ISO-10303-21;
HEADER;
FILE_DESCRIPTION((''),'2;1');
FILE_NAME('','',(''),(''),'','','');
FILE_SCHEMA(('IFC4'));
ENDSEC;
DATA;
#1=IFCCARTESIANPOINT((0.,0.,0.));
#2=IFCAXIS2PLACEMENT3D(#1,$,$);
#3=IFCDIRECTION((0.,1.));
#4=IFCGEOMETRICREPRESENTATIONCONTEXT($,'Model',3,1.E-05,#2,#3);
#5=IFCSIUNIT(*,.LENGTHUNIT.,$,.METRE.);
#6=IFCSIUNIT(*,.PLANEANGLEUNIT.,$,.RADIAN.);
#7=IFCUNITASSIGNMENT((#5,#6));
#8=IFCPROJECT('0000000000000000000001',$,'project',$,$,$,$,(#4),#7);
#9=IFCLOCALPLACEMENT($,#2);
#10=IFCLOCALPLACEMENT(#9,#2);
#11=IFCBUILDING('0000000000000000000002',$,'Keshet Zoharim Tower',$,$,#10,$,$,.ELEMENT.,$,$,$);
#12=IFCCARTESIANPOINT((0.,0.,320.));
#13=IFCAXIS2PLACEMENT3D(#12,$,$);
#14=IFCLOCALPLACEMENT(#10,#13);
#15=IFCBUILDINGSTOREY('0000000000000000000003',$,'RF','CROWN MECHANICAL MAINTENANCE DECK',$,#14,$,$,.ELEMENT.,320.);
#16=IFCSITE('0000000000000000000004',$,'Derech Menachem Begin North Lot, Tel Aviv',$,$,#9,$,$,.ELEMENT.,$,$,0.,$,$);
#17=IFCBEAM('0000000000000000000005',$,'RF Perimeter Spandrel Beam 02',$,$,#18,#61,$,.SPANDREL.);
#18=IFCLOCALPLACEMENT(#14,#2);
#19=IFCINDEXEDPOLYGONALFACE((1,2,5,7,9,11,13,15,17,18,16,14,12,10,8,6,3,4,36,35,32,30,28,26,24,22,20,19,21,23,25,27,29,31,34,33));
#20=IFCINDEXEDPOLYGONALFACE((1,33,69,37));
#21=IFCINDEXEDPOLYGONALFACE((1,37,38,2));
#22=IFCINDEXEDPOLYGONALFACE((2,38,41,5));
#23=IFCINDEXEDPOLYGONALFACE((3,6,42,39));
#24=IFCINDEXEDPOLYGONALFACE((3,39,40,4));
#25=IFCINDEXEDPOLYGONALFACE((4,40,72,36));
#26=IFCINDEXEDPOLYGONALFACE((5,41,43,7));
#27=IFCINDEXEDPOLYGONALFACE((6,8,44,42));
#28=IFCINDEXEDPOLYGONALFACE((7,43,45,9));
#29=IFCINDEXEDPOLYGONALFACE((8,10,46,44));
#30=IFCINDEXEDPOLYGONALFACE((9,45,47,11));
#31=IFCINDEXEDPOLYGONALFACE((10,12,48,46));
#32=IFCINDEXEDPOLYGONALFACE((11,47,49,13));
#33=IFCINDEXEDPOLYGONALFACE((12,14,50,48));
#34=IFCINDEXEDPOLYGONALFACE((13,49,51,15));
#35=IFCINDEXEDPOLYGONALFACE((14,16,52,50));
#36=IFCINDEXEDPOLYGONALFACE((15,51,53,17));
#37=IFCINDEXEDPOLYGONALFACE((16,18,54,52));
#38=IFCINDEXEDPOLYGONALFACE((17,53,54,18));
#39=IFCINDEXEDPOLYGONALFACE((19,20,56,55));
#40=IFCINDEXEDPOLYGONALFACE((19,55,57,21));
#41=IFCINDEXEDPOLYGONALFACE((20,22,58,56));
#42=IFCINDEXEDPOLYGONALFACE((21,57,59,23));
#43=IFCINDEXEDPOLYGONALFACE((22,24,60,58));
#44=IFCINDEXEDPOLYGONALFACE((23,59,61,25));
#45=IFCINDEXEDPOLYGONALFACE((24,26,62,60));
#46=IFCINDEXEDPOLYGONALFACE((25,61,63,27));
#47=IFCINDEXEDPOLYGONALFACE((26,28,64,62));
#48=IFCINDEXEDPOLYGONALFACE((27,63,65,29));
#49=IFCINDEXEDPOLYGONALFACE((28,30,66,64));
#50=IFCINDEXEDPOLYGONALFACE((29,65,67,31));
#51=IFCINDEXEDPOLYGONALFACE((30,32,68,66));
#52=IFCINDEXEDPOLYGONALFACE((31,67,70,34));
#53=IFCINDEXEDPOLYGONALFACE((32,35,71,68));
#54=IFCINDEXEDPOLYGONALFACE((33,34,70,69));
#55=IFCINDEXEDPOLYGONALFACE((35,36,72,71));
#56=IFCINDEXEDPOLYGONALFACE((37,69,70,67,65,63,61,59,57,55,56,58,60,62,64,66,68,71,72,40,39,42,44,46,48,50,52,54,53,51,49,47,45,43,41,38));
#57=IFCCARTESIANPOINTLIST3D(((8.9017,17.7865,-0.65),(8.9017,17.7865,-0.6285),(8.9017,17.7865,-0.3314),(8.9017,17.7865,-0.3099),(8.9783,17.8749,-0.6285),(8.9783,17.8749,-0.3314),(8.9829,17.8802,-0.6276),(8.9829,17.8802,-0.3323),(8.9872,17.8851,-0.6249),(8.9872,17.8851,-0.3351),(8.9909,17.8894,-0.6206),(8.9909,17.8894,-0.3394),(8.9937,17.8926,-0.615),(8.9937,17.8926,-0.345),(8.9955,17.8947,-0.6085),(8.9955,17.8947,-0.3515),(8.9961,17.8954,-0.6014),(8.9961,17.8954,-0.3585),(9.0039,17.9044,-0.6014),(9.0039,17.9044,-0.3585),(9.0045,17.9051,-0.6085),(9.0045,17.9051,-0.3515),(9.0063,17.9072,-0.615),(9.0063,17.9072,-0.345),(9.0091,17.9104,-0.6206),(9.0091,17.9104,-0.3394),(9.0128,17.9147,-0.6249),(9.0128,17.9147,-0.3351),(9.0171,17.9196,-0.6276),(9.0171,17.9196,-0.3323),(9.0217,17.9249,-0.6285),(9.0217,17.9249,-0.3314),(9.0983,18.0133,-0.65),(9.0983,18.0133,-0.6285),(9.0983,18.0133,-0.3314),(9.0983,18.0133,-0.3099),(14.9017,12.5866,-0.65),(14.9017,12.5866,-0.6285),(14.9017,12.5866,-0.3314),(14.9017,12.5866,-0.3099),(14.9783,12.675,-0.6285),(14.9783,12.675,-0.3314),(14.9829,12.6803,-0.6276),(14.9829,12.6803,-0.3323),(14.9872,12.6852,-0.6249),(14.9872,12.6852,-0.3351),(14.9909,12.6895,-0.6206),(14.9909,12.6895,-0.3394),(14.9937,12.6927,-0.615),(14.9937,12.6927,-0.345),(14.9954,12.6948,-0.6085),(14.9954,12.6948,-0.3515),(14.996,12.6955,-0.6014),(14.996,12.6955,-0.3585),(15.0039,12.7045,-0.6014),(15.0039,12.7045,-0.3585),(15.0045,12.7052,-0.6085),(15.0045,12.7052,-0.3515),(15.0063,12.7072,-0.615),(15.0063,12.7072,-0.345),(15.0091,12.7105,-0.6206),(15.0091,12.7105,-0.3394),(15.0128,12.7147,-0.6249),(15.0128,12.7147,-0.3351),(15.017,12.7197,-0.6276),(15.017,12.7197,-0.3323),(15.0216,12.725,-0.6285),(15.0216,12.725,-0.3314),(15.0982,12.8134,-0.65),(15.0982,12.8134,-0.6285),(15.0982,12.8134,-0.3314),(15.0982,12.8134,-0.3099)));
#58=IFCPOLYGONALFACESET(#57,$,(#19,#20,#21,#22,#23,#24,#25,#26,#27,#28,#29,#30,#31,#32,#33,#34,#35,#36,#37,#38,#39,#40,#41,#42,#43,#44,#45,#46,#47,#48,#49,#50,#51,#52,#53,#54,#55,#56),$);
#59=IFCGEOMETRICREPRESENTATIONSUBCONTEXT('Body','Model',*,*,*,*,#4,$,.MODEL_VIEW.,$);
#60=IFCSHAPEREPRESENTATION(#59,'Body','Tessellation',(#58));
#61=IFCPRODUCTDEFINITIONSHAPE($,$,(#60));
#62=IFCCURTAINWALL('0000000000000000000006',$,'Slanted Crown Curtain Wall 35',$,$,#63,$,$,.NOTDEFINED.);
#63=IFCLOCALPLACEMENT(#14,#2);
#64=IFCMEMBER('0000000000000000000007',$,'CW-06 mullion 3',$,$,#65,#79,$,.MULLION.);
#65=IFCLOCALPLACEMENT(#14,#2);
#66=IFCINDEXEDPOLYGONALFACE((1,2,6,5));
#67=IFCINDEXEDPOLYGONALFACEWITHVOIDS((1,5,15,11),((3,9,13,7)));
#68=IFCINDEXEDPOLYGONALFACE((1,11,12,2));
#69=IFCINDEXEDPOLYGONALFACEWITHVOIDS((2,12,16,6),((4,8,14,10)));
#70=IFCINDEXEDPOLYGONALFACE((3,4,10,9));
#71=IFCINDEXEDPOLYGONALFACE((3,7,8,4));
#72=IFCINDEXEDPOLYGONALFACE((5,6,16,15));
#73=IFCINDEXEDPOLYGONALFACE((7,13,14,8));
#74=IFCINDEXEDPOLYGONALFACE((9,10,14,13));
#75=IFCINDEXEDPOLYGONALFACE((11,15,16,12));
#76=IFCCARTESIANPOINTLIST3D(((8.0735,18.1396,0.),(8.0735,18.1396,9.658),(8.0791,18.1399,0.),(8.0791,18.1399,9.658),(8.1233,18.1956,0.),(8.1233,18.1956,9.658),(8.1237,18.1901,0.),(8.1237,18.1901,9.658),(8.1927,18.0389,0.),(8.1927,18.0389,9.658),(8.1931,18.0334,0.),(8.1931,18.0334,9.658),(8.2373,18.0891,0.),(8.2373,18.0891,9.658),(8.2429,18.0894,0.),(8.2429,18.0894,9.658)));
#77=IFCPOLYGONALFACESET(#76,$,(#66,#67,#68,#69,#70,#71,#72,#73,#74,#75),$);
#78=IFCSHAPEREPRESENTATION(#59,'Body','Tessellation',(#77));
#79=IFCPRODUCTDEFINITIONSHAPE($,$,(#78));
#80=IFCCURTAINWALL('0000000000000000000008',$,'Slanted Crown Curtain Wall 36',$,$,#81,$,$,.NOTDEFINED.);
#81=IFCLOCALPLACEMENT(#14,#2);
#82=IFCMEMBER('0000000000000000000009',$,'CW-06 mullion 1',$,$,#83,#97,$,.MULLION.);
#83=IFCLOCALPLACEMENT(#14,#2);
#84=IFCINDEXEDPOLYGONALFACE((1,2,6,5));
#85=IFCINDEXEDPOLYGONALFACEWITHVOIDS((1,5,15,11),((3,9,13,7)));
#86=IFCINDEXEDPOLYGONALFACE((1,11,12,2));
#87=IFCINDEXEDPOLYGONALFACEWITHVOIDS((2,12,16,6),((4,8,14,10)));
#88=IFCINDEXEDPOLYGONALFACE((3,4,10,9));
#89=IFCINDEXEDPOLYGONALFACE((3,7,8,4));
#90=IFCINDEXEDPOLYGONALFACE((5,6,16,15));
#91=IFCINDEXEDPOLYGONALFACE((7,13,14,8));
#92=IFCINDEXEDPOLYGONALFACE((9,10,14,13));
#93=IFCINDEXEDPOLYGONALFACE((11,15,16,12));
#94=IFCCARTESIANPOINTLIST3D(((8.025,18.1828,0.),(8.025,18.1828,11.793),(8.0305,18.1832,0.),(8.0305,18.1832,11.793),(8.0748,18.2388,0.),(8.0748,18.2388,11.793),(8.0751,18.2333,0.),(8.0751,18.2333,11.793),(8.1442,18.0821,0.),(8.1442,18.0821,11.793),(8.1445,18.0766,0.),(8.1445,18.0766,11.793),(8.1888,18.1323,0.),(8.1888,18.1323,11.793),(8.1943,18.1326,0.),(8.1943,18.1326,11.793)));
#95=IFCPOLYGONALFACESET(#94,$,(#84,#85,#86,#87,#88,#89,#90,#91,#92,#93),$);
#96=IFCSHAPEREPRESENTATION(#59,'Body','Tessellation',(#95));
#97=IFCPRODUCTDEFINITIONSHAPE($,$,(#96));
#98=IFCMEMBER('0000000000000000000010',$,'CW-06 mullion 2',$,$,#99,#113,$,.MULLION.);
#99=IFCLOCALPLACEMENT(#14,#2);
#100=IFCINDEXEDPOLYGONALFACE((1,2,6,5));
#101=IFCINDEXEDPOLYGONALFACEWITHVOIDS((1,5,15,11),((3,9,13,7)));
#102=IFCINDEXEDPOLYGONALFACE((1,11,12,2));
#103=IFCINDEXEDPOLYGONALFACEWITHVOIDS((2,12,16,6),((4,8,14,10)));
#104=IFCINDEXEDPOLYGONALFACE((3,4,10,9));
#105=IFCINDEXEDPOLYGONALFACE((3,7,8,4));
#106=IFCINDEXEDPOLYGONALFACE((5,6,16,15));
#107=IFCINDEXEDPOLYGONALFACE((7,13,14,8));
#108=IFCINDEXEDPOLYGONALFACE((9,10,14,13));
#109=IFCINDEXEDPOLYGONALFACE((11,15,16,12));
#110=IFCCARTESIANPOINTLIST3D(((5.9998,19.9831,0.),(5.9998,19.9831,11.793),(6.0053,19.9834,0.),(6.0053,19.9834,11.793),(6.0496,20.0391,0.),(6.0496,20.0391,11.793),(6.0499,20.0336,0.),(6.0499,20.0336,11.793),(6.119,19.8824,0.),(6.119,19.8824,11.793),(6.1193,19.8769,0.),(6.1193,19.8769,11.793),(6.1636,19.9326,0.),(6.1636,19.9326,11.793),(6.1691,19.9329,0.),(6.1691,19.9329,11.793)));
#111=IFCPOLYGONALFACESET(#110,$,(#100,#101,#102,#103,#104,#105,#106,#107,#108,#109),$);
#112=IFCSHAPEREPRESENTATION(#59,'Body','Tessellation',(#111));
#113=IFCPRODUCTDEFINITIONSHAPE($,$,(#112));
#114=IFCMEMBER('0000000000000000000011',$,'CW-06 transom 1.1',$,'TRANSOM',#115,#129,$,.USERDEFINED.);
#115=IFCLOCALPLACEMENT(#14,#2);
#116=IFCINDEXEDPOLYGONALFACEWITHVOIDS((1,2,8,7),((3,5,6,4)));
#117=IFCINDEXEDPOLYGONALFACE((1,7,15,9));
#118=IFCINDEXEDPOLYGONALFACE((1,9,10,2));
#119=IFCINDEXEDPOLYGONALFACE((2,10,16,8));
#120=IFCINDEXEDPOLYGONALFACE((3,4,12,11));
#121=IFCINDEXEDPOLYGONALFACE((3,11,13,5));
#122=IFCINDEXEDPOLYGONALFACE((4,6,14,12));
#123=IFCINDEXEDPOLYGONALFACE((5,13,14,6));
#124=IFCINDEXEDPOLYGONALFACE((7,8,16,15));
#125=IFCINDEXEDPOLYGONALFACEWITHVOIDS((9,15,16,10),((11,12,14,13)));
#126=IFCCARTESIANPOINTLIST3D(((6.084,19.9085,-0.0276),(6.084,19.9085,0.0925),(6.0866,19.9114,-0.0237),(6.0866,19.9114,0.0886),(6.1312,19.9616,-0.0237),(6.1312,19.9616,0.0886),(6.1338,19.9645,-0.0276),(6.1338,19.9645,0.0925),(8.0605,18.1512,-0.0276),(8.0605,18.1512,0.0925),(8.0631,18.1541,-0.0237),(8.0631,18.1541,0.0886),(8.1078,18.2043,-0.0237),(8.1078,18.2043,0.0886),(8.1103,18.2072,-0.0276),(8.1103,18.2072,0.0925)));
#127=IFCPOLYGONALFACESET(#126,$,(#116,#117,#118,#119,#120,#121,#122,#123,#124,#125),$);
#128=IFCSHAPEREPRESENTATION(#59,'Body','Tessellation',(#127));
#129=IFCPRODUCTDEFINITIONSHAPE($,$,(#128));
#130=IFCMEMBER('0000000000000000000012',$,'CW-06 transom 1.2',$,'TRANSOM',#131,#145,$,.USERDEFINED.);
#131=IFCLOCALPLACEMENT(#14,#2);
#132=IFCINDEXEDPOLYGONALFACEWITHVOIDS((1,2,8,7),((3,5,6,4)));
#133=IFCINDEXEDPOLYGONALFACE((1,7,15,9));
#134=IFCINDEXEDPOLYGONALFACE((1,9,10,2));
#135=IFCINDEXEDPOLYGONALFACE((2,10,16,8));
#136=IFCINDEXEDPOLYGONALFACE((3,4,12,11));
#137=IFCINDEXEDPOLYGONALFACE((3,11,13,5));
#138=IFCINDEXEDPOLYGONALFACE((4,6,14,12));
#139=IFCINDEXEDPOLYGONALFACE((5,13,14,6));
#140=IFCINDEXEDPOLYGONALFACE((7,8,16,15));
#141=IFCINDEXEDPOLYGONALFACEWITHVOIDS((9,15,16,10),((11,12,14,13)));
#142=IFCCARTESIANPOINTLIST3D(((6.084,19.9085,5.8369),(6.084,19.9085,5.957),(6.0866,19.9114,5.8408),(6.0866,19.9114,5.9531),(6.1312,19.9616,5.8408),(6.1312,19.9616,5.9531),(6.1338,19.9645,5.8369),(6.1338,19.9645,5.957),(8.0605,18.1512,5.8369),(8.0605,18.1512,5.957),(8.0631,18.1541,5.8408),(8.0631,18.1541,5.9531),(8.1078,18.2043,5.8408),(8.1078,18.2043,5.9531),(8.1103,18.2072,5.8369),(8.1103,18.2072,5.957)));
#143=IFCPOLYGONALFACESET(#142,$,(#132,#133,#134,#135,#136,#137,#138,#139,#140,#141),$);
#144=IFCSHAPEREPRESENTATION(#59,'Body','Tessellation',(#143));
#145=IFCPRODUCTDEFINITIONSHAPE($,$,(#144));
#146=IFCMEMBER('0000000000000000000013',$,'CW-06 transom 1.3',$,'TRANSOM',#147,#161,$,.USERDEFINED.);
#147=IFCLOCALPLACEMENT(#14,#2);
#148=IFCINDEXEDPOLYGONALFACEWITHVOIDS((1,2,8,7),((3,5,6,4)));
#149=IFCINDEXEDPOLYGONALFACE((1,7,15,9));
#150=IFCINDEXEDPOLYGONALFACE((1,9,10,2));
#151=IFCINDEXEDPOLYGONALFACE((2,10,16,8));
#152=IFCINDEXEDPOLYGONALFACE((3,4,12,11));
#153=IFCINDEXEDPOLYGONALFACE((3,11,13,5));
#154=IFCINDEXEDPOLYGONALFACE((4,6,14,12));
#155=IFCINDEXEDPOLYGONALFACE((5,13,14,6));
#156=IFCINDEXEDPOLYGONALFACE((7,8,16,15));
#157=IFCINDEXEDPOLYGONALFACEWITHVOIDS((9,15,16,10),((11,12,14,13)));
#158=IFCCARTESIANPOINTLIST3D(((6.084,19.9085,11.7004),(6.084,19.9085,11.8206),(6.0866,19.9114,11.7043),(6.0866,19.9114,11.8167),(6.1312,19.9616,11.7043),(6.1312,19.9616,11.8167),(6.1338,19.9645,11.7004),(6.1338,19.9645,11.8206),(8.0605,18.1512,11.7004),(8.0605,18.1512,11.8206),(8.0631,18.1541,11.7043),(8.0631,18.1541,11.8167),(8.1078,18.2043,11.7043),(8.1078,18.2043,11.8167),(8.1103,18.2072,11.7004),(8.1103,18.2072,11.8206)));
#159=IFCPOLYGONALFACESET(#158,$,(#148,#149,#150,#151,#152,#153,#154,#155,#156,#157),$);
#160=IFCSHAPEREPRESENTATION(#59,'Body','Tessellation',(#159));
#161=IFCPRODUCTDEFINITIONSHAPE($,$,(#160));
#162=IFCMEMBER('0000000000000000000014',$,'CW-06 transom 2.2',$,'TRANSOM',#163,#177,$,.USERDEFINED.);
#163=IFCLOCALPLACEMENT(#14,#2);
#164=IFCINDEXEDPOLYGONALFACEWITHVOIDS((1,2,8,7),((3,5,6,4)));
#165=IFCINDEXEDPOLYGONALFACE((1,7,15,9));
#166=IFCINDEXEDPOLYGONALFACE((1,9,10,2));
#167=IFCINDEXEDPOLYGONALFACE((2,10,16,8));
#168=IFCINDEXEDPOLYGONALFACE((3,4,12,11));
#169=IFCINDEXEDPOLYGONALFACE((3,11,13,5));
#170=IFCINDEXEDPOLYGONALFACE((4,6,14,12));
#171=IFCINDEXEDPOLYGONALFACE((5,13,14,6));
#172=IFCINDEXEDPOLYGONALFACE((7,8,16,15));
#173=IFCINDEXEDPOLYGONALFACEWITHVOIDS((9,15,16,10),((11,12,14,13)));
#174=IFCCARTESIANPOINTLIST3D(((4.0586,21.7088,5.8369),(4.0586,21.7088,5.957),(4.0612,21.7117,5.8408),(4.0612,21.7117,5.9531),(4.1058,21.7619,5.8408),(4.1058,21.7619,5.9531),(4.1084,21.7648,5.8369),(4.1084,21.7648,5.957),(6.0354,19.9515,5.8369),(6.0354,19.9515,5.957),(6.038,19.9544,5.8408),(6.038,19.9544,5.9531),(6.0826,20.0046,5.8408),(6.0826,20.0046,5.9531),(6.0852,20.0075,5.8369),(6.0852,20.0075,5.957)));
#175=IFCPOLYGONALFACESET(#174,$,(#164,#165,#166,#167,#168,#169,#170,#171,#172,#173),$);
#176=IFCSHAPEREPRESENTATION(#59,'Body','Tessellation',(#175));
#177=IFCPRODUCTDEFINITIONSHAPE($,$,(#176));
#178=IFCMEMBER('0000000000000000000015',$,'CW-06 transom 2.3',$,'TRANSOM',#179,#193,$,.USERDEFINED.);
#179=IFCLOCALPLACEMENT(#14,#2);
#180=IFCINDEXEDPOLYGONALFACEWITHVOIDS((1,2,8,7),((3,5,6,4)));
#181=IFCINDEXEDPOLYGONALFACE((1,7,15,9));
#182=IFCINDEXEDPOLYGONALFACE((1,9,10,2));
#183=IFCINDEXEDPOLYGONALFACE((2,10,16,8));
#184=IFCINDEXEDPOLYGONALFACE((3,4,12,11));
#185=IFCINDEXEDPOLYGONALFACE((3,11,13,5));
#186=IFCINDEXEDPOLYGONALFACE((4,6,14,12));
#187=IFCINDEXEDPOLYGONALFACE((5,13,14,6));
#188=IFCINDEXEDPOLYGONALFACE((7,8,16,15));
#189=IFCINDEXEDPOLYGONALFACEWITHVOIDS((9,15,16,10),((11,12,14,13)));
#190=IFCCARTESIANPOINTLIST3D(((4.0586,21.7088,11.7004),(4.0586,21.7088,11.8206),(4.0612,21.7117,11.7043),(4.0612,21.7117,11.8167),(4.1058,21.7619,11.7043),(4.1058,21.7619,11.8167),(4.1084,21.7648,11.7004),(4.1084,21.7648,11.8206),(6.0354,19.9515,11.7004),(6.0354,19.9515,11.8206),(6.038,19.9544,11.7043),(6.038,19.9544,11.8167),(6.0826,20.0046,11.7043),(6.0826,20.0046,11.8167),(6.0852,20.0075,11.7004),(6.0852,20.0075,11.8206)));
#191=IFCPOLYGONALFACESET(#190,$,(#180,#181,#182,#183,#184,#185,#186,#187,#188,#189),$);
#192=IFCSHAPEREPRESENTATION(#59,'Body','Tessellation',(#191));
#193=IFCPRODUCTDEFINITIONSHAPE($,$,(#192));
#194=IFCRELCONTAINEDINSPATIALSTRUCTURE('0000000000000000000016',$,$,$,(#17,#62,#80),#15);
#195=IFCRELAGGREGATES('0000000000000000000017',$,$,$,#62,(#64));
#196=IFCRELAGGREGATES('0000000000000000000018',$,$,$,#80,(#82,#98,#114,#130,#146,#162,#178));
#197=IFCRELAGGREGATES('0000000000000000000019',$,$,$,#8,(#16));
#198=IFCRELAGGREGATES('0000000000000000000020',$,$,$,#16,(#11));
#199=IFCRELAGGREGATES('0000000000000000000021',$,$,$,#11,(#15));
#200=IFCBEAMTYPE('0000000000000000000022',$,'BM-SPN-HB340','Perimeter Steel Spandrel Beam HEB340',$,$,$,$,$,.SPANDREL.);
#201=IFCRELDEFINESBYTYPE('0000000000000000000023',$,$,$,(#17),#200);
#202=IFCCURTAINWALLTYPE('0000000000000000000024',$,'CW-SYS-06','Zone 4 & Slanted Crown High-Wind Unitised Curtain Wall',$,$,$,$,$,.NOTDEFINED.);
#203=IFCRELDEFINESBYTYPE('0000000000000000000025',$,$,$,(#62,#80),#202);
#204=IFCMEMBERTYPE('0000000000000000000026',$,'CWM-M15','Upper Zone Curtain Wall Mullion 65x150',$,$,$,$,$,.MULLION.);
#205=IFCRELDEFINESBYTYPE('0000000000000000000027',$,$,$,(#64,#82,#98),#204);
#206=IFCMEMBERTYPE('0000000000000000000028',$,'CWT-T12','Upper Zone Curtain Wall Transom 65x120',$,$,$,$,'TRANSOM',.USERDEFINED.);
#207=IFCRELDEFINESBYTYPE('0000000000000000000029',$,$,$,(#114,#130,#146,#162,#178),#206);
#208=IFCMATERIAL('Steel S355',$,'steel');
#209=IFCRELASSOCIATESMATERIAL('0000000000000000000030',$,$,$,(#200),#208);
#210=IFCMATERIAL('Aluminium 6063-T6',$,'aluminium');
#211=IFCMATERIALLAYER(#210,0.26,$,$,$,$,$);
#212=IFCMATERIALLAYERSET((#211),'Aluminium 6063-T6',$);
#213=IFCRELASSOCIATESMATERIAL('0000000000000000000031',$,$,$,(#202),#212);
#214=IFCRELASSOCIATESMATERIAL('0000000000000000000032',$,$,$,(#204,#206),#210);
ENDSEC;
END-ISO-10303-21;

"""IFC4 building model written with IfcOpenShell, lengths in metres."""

from ifc_helpers import new_model, si_unit, direction, frame, origin, origin_2d, place, context, subcontext, project, spatial, hollow_rectangle, i_section, extrude, material, layer, layer_set, material_profile, profile_set, type_object, element, aggregate, save


model = new_model("IFC4")

# Units and contexts
model_context = context("Model", 3, precision=1e-05, world=origin(), true_north=direction((0.0, 1.0)))
body_context = subcontext(model_context, "Body", "Model", "MODEL_VIEW")
ifc_project = project(units=[si_unit("LENGTHUNIT", "METRE"), si_unit("PLANEANGLEUNIT", "RADIAN")], contexts=[model_context])

# Site, building, storey
site_placement = place(None, origin())
site = spatial("IfcSite", under=ifc_project, at=site_placement, Name="Derech Menachem Begin North Lot, Tel Aviv", CompositionType="ELEMENT", RefElevation=0.0)
building_placement = place(site_placement, origin())
building = spatial("IfcBuilding", under=site, at=building_placement, Name="Keshet Zoharim Tower", CompositionType="ELEMENT")
storey_placement = place(building_placement, frame((0.0, 0.0, 320.0)))
storey = spatial("IfcBuildingStorey", under=building, at=storey_placement, Name="RF", Description="CROWN MECHANICAL MAINTENANCE DECK", CompositionType="ELEMENT", Elevation=320.0)

# Shared definitions
ifc_material_1 = material(Name="Steel S355", Category="steel")

# Beam
ifc_material_profile_1 = material_profile(ifc_material_1, i_section(OverallWidth=0.3, OverallDepth=0.3401, WebThickness=0.012, FlangeThickness=0.0215, FilletRadius=0.0271, at=origin_2d()), Name="HEB340")
ifc_profile_set_1 = profile_set([ifc_material_profile_1], Name="Steel S355")
beam_type_1 = type_object("IfcBeamType", Name="BM-SPN-HB340", Description="Perimeter Steel Spandrel Beam HEB340", PredefinedType="SPANDREL", material=ifc_profile_set_1)
beam_1_placement = place(storey_placement, frame((9.0, 17.8999, -0.48), z_axis=(0.755692, -0.654927, 0.0), x_axis=(0.654927, 0.755692, 0.0)))
element("IfcBeam", 1, at=beam_1_placement, inside=storey, type_object=beam_type_1, Name="RF Perimeter Spandrel Beam 02", PredefinedType="SPANDREL", context=body_context, shape_type="SweptSolid", body=[
    extrude(i_section(OverallWidth=0.3, OverallDepth=0.3401, WebThickness=0.012, FlangeThickness=0.0215, FilletRadius=0.0271, at=origin_2d()), origin(), (0.0, 0.0, 1.0), 7.9397),
])

# Curtain wall, member
ifc_material_2 = material(Name="Aluminium 6063-T6", Category="aluminium")
ifc_layer_1 = layer(ifc_material_2, 0.26)
ifc_layer_set_1 = layer_set([ifc_layer_1], Name="Aluminium 6063-T6")
curtain_wall_type = type_object("IfcCurtainWallType", Name="CW-SYS-06", Description="Zone 4 & Slanted Crown High-Wind Unitised Curtain Wall", PredefinedType="NOTDEFINED", material=ifc_layer_set_1)
curtain_wall_1_placement = place(storey_placement, origin())
curtain_wall_1 = element("IfcCurtainWall", 2, at=curtain_wall_1_placement, inside=storey, type_object=curtain_wall_type, Name="Slanted Crown Curtain Wall 35", PredefinedType="NOTDEFINED")
ifc_material_profile_2 = material_profile(ifc_material_2, hollow_rectangle(XDim=0.075, YDim=0.1599, WallThickness=0.0039, at=origin_2d()), Name="MUL-75x160")
ifc_profile_set_2 = profile_set([ifc_material_profile_2], Name="Aluminium 6063-T6")
member_type_1 = type_object("IfcMemberType", Name="CWM-M15", Description="Upper Zone Curtain Wall Mullion 65x150", PredefinedType="MULLION", material=ifc_profile_set_2)
member_1_placement = place(storey_placement, frame((8.1582, 18.1145, 0.0), z_axis=(0.0, 0.0, 1.0), x_axis=(-0.664409, -0.747369, 0.0)))
member_1 = element("IfcMember", 3, at=member_1_placement, type_object=member_type_1, Name="CW-06 mullion 3", PredefinedType="MULLION", context=body_context, shape_type="SweptSolid", body=[
    extrude(hollow_rectangle(XDim=0.075, YDim=0.1599, WallThickness=0.0039, at=origin_2d()), origin(), (0.0, 0.0, 1.0), 9.658),
])
aggregate(curtain_wall_1, [member_1])

# Curtain wall, members
curtain_wall_2_placement = place(storey_placement, origin())
curtain_wall_2 = element("IfcCurtainWall", 4, at=curtain_wall_2_placement, inside=storey, type_object=curtain_wall_type, Name="Slanted Crown Curtain Wall 36", PredefinedType="NOTDEFINED")
member_2_placement = place(storey_placement, frame((8.1096, 18.1577, 0.0), z_axis=(0.0, 0.0, 1.0), x_axis=(-0.664409, -0.747369, 0.0)))
member_2 = element("IfcMember", 5, at=member_2_placement, type_object=member_type_1, Name="CW-06 mullion 1", PredefinedType="MULLION", context=body_context, shape_type="SweptSolid", body=[
    extrude(hollow_rectangle(XDim=0.075, YDim=0.1599, WallThickness=0.0039, at=origin_2d()), origin(), (0.0, 0.0, 1.0), 11.793),
])
member_3_placement = place(storey_placement, frame((6.0845, 19.958, 0.0), z_axis=(0.0, 0.0, 1.0), x_axis=(-0.664409, -0.747369, 0.0)))
member_3 = element("IfcMember", 6, at=member_3_placement, type_object=member_type_1, Name="CW-06 mullion 2", PredefinedType="MULLION", context=body_context, shape_type="SweptSolid", body=[
    extrude(hollow_rectangle(XDim=0.075, YDim=0.1599, WallThickness=0.0039, at=origin_2d()), origin(), (0.0, 0.0, 1.0), 11.793),
])
ifc_material_profile_3 = material_profile(ifc_material_2, hollow_rectangle(XDim=0.075, YDim=0.1201, WallThickness=0.0039, at=origin_2d()), Name="TRN-75x120")
ifc_profile_set_3 = profile_set([ifc_material_profile_3], Name="Aluminium 6063-T6")
member_type_2 = type_object("IfcMemberType", Name="CWT-T12", Description="Upper Zone Curtain Wall Transom 65x120", ElementType="TRANSOM", PredefinedType="USERDEFINED", material=ifc_profile_set_3)
member_4_placement = place(storey_placement, frame((8.0854, 18.1792, 0.0325), z_axis=(-0.747338, 0.664444, 0.0), x_axis=(-0.664444, -0.747338, 0.0)))
member_4 = element("IfcMember", 7, at=member_4_placement, type_object=member_type_2, Name="CW-06 transom 1.1", ObjectType="TRANSOM", PredefinedType="USERDEFINED", context=body_context, shape_type="SweptSolid", body=[
    extrude(hollow_rectangle(XDim=0.075, YDim=0.1201, WallThickness=0.0039, at=origin_2d()), origin(), (0.0, 0.0, 1.0), 2.6448),
])
member_5_placement = place(storey_placement, frame((8.0854, 18.1792, 5.897), z_axis=(-0.747338, 0.664444, 0.0), x_axis=(-0.664444, -0.747338, 0.0)))
member_5 = element("IfcMember", 8, at=member_5_placement, type_object=member_type_2, Name="CW-06 transom 1.2", ObjectType="TRANSOM", PredefinedType="USERDEFINED", context=body_context, shape_type="SweptSolid", body=[
    extrude(hollow_rectangle(XDim=0.075, YDim=0.1201, WallThickness=0.0039, at=origin_2d()), origin(), (0.0, 0.0, 1.0), 2.6448),
])
member_6_placement = place(storey_placement, frame((8.0854, 18.1792, 11.7605), z_axis=(-0.747338, 0.664444, 0.0), x_axis=(-0.664444, -0.747338, 0.0)))
member_6 = element("IfcMember", 9, at=member_6_placement, type_object=member_type_2, Name="CW-06 transom 1.3", ObjectType="TRANSOM", PredefinedType="USERDEFINED", context=body_context, shape_type="SweptSolid", body=[
    extrude(hollow_rectangle(XDim=0.075, YDim=0.1201, WallThickness=0.0039, at=origin_2d()), origin(), (0.0, 0.0, 1.0), 2.6448),
])
member_7_placement = place(storey_placement, frame((6.0603, 19.9795, 5.897), z_axis=(-0.747379, 0.664398, 0.0), x_axis=(-0.664398, -0.747379, 0.0)))
member_7 = element("IfcMember", 10, at=member_7_placement, type_object=member_type_2, Name="CW-06 transom 2.2", ObjectType="TRANSOM", PredefinedType="USERDEFINED", context=body_context, shape_type="SweptSolid", body=[
    extrude(hollow_rectangle(XDim=0.075, YDim=0.1201, WallThickness=0.0039, at=origin_2d()), origin(), (0.0, 0.0, 1.0), 2.645),
])
member_8_placement = place(storey_placement, frame((6.0603, 19.9795, 11.7605), z_axis=(-0.747379, 0.664398, 0.0), x_axis=(-0.664398, -0.747379, 0.0)))
member_8 = element("IfcMember", 11, at=member_8_placement, type_object=member_type_2, Name="CW-06 transom 2.3", ObjectType="TRANSOM", PredefinedType="USERDEFINED", context=body_context, shape_type="SweptSolid", body=[
    extrude(hollow_rectangle(XDim=0.075, YDim=0.1201, WallThickness=0.0039, at=origin_2d()), origin(), (0.0, 0.0, 1.0), 2.645),
])

aggregate(curtain_wall_2, [member_2, member_3, member_4, member_5, member_6, member_7, member_8])

save(model, "model.ifc")
